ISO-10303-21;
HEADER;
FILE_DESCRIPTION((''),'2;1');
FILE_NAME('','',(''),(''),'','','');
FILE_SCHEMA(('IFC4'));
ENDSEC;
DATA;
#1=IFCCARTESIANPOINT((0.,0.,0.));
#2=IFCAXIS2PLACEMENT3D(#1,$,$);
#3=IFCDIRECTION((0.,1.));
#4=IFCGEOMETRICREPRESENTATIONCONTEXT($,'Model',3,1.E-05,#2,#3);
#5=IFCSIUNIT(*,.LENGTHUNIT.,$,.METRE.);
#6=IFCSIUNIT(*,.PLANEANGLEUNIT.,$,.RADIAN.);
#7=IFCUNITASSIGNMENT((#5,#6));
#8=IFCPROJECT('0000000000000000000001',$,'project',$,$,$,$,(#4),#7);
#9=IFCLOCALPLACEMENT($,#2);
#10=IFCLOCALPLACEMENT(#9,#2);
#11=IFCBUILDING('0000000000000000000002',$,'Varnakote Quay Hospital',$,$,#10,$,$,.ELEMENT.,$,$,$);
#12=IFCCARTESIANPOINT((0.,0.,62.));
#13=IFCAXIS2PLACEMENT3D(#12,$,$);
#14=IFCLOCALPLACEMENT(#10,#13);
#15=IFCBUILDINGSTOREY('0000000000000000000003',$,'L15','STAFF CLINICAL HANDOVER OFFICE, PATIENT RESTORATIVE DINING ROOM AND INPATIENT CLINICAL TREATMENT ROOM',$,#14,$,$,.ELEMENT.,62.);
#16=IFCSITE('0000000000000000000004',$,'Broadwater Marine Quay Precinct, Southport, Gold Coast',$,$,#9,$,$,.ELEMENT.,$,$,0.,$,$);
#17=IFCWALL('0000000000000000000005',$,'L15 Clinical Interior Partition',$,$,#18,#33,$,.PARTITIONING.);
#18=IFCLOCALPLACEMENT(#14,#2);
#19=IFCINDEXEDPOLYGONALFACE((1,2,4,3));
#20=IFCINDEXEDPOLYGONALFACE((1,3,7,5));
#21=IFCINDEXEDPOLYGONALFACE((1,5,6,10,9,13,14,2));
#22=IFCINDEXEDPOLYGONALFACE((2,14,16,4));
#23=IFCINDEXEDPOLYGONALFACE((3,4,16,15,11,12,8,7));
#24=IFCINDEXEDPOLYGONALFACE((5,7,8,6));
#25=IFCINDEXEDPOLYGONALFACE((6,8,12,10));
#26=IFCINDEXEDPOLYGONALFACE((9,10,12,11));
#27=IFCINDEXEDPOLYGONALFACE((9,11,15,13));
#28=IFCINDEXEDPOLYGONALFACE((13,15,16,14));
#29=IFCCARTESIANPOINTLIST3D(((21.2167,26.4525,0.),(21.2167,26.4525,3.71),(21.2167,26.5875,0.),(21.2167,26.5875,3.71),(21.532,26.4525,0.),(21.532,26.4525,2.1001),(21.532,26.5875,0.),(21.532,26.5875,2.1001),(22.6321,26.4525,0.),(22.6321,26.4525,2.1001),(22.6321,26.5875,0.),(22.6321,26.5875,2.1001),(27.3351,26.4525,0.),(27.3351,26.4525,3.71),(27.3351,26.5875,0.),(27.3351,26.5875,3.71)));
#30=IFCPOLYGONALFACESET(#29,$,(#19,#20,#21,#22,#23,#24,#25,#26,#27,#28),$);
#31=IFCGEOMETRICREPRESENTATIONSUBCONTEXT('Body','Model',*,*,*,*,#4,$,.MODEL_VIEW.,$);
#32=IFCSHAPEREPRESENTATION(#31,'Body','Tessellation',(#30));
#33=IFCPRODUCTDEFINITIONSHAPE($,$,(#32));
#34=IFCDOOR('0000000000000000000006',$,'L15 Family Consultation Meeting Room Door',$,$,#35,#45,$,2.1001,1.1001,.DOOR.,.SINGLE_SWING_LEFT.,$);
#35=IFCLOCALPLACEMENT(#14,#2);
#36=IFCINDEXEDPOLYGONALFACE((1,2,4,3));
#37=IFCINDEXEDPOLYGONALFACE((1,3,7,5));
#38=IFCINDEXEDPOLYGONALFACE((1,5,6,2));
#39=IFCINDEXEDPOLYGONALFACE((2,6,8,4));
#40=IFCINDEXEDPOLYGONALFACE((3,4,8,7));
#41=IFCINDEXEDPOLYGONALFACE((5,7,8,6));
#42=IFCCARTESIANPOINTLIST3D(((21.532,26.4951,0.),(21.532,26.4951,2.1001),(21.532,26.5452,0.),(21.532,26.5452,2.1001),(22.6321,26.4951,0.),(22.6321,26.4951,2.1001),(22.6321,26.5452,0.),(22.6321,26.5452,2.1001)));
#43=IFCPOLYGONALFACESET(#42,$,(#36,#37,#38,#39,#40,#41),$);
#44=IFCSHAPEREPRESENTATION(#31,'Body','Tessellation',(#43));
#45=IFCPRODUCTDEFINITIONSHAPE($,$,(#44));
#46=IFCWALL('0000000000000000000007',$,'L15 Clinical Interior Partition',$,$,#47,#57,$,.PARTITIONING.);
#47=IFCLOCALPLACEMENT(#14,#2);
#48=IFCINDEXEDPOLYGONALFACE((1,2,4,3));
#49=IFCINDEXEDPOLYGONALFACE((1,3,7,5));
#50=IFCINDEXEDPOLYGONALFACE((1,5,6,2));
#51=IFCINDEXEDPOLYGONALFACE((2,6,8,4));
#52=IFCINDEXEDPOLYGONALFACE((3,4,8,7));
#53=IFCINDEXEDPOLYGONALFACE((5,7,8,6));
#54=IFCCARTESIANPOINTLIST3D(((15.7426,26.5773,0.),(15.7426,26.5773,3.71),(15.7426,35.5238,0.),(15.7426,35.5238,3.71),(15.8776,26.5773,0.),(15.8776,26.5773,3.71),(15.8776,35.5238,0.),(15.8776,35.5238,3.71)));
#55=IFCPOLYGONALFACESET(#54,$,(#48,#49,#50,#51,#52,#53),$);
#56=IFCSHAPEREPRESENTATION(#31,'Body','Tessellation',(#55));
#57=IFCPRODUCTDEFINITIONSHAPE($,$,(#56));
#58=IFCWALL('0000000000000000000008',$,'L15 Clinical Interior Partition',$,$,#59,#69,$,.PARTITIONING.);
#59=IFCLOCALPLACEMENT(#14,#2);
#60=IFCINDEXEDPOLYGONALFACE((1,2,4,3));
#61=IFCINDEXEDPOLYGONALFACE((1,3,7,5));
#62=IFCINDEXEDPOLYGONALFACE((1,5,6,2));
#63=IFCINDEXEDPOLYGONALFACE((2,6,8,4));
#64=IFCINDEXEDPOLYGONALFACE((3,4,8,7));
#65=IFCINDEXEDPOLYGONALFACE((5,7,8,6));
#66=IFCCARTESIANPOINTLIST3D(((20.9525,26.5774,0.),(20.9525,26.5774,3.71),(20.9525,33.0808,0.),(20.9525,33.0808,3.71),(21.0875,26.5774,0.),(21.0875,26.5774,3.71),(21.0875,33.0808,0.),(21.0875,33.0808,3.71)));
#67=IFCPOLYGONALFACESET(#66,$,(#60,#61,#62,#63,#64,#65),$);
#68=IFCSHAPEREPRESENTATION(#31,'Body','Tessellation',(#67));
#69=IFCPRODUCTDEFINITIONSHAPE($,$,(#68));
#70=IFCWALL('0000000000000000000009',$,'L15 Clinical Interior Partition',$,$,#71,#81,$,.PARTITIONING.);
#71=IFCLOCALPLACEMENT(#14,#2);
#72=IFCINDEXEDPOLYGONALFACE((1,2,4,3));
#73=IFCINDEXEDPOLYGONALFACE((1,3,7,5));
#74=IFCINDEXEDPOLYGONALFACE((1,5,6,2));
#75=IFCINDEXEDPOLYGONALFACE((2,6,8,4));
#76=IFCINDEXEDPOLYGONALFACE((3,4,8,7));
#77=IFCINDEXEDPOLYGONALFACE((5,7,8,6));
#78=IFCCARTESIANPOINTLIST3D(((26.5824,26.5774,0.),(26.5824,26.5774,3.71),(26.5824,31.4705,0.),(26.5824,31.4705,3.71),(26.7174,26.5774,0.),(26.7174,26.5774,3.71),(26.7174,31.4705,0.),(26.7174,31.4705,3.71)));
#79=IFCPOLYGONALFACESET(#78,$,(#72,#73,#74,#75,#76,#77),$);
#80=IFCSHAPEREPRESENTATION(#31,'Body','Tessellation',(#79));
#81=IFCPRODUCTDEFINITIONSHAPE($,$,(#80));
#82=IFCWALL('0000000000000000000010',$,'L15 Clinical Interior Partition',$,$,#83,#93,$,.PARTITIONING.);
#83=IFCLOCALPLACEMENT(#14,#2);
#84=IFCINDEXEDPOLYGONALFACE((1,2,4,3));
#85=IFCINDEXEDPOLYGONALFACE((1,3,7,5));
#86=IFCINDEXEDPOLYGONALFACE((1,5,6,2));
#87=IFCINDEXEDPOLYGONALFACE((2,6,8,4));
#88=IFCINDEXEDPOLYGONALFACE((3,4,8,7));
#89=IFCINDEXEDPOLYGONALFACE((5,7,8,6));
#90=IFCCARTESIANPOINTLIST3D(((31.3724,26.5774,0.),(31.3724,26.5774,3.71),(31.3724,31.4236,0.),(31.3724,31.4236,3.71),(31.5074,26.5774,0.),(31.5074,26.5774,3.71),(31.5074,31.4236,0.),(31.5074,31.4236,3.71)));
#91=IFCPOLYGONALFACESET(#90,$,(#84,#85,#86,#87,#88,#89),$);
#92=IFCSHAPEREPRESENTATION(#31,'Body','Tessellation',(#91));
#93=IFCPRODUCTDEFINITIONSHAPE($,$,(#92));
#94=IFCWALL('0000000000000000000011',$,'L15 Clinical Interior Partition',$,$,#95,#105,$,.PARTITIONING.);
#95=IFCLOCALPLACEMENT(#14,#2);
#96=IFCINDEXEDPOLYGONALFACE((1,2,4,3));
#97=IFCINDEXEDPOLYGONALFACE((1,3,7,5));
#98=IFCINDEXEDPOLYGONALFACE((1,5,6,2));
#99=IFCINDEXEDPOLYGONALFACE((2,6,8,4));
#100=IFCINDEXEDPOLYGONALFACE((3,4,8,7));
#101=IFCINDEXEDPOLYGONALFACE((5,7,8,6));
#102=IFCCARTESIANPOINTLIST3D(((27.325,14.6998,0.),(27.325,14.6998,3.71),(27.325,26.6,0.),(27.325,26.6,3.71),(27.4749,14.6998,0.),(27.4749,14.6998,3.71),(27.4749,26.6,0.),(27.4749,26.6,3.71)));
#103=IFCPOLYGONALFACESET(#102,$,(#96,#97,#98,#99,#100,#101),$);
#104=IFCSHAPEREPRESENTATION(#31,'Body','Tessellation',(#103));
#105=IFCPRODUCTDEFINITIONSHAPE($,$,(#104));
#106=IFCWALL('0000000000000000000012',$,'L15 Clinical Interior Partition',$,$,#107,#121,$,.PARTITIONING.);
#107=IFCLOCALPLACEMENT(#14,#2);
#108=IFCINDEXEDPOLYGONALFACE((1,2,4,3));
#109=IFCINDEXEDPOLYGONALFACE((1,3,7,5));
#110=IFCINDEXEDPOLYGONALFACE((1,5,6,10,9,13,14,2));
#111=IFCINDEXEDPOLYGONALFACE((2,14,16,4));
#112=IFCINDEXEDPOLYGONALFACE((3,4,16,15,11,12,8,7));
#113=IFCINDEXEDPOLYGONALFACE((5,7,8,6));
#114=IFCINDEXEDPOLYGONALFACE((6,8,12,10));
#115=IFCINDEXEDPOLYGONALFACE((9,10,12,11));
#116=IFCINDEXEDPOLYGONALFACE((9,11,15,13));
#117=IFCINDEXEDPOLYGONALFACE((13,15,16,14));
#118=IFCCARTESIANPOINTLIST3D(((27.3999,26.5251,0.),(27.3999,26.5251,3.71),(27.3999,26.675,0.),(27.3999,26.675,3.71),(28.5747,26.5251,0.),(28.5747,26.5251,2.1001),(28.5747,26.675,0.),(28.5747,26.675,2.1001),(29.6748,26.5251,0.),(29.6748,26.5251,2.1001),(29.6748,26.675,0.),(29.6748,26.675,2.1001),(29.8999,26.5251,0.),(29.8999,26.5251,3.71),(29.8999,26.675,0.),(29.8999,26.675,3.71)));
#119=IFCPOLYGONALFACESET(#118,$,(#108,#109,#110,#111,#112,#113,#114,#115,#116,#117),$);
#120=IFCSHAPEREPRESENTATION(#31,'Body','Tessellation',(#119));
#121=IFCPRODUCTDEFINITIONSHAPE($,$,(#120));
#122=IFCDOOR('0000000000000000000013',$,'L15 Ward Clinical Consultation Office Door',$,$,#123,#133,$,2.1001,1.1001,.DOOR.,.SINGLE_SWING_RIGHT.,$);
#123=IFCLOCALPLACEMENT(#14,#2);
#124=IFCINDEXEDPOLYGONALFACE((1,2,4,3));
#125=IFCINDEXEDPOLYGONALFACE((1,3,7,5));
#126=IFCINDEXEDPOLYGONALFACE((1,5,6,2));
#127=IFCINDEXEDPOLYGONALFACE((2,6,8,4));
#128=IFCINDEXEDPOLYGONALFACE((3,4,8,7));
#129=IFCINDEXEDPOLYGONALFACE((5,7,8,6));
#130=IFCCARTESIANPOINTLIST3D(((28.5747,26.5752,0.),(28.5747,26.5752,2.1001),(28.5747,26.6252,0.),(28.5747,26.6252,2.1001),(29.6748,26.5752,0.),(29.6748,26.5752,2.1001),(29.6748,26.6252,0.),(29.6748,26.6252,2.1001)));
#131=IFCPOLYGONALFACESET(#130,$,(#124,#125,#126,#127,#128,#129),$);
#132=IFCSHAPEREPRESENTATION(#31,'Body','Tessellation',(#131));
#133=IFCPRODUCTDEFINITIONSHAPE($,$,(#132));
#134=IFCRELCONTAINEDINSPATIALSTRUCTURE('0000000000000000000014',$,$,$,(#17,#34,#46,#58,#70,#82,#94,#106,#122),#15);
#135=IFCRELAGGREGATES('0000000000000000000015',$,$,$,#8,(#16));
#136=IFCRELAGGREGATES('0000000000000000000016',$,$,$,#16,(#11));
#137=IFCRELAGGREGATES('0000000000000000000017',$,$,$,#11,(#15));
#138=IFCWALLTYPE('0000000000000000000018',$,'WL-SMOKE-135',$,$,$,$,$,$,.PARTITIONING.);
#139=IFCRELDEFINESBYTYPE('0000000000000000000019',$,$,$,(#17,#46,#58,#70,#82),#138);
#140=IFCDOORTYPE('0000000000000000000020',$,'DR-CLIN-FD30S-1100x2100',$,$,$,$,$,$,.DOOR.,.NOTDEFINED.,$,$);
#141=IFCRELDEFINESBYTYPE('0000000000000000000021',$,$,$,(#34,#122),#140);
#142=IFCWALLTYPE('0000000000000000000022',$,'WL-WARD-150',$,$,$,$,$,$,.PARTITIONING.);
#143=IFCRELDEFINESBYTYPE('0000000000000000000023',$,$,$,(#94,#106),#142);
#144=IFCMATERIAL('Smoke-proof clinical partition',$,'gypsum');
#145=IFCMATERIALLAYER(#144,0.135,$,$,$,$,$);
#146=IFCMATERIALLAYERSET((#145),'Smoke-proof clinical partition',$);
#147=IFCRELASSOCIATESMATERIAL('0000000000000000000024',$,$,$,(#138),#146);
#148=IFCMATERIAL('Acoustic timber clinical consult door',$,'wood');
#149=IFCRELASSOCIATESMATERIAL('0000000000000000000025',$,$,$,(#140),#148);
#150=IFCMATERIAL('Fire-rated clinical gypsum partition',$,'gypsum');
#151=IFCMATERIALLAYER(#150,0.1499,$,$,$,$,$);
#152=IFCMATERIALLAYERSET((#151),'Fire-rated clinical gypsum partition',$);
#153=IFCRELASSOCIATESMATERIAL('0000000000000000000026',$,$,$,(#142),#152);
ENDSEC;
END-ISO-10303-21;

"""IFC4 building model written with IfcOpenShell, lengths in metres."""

from ifc_helpers import new_model, si_unit, direction, frame, frame_2d, origin, place, context, subcontext, project, spatial, rectangle, extrude, material, layer, layer_set, type_object, element, fill, save


model = new_model("IFC4")

# Units and contexts
model_context = context("Model", 3, precision=1e-05, world=origin(), true_north=direction((0.0, 1.0)))
body_context = subcontext(model_context, "Body", "Model", "MODEL_VIEW")
ifc_project = project(units=[si_unit("LENGTHUNIT", "METRE"), si_unit("PLANEANGLEUNIT", "RADIAN")], contexts=[model_context])

# Site, building, storey
site_placement = place(None, origin())
site = spatial("IfcSite", under=ifc_project, at=site_placement, Name="Broadwater Marine Quay Precinct, Southport, Gold Coast", CompositionType="ELEMENT", RefElevation=0.0)
building_placement = place(site_placement, origin())
building = spatial("IfcBuilding", under=site, at=building_placement, Name="Varnakote Quay Hospital", CompositionType="ELEMENT")
storey_placement = place(building_placement, frame((0.0, 0.0, 62.0)))
storey = spatial("IfcBuildingStorey", under=building, at=storey_placement, Name="L15", Description="STAFF CLINICAL HANDOVER OFFICE, PATIENT RESTORATIVE DINING ROOM AND INPATIENT CLINICAL TREATMENT ROOM", CompositionType="ELEMENT", Elevation=62.0)

# Wall, opening, door
ifc_material_1 = material(Name="Smoke-proof clinical partition", Category="gypsum")
ifc_layer_1 = layer(ifc_material_1, 0.135)
ifc_layer_set_1 = layer_set([ifc_layer_1], Name="Smoke-proof clinical partition")
wall_type_1 = type_object("IfcWallType", Name="WL-SMOKE-135", PredefinedType="PARTITIONING", material=ifc_layer_set_1)
ifc_material_2 = material(Name="Acoustic timber clinical consult door", Category="wood")
door_type_1 = type_object("IfcDoorType", Name="DR-CLIN-FD30S-1100x2100", OperationType="NOTDEFINED", PredefinedType="DOOR", material=ifc_material_2)
wall_1_placement = place(storey_placement, frame((27.335, 26.52, 0.0), z_axis=(0.0, 0.0, 1.0), x_axis=(-1.0, 0.0, 0.0)))
wall_1 = element("IfcWall", 1, at=wall_1_placement, inside=storey, type_object=wall_type_1, Name="L15 Clinical Interior Partition", PredefinedType="PARTITIONING", context=body_context, shape_type="SweptSolid", body=[
    extrude(rectangle(XDim=6.1184, YDim=0.135, at=frame_2d((3.0591, 0.0))), origin(), (0.0, 0.0, 1.0), 3.71),
])
opening_1_placement = place(wall_1_placement, frame((4.7029, 0.0, 0.0)))
opening_1 = element("IfcOpeningElement", 2, at=opening_1_placement, cuts=wall_1, PredefinedType="OPENING", context=body_context, shape_type="SweptSolid", body=[
    extrude(rectangle(XDim=1.1001, YDim=2.1001, at=frame_2d((0.55, 1.05))), frame((0.0, 0.0774, 0.0), z_axis=(0.0, -1.0, 0.0), x_axis=(1.0, 0.0, 0.0)), (0.0, 0.0, 1.0), 0.155),
])
door_1_placement = place(opening_1_placement, origin())
door_1 = element("IfcDoor", 3, at=door_1_placement, inside=storey, type_object=door_type_1, Name="L15 Family Consultation Meeting Room Door", OperationType="SINGLE_SWING_LEFT", OverallHeight=2.1001, OverallWidth=1.1001, PredefinedType="DOOR", context=body_context, shape_type="SweptSolid", body=[
    extrude(rectangle(XDim=1.1001, YDim=2.1001, at=frame_2d((0.55, 1.05))), frame((0.0, 0.0249, 0.0), z_axis=(0.0, -1.0, 0.0), x_axis=(1.0, 0.0, 0.0)), (0.0, 0.0, 1.0), 0.05),
])
fill(opening_1, door_1)

# Walls
wall_2_placement = place(storey_placement, frame((15.8101, 26.5774, 0.0), z_axis=(0.0, 0.0, 1.0), x_axis=(0.0, 1.0, 0.0)))
element("IfcWall", 4, at=wall_2_placement, inside=storey, type_object=wall_type_1, Name="L15 Clinical Interior Partition", PredefinedType="PARTITIONING", context=body_context, shape_type="SweptSolid", body=[
    extrude(rectangle(XDim=8.9465, YDim=0.135, at=frame_2d((4.4731, 0.0))), origin(), (0.0, 0.0, 1.0), 3.71),
])
wall_3_placement = place(storey_placement, frame((21.02, 26.5774, 0.0), z_axis=(0.0, 0.0, 1.0), x_axis=(0.0, 1.0, 0.0)))
element("IfcWall", 5, at=wall_3_placement, inside=storey, type_object=wall_type_1, Name="L15 Clinical Interior Partition", PredefinedType="PARTITIONING", context=body_context, shape_type="SweptSolid", body=[
    extrude(rectangle(XDim=6.5034, YDim=0.135, at=frame_2d((3.2517, 0.0))), origin(), (0.0, 0.0, 1.0), 3.71),
])
wall_4_placement = place(storey_placement, frame((26.6499, 26.5774, 0.0), z_axis=(0.0, 0.0, 1.0), x_axis=(0.0, 1.0, 0.0)))
element("IfcWall", 6, at=wall_4_placement, inside=storey, type_object=wall_type_1, Name="L15 Clinical Interior Partition", PredefinedType="PARTITIONING", context=body_context, shape_type="SweptSolid", body=[
    extrude(rectangle(XDim=4.8931, YDim=0.135, at=frame_2d((2.4465, 0.0))), origin(), (0.0, 0.0, 1.0), 3.71),
])
wall_5_placement = place(storey_placement, frame((31.4399, 26.5774, 0.0), z_axis=(0.0, 0.0, 1.0), x_axis=(0.0, 1.0, 0.0)))
element("IfcWall", 7, at=wall_5_placement, inside=storey, type_object=wall_type_1, Name="L15 Clinical Interior Partition", PredefinedType="PARTITIONING", context=body_context, shape_type="SweptSolid", body=[
    extrude(rectangle(XDim=4.8462, YDim=0.135, at=frame_2d((2.4231, 0.0))), origin(), (0.0, 0.0, 1.0), 3.71),
])
ifc_material_3 = material(Name="Fire-rated clinical gypsum partition", Category="gypsum")
ifc_layer_2 = layer(ifc_material_3, 0.1499)
ifc_layer_set_2 = layer_set([ifc_layer_2], Name="Fire-rated clinical gypsum partition")
wall_type_2 = type_object("IfcWallType", Name="WL-WARD-150", PredefinedType="PARTITIONING", material=ifc_layer_set_2)
wall_6_placement = place(storey_placement, frame((27.3999, 26.6001, 0.0), z_axis=(0.0, 0.0, 1.0), x_axis=(0.0, -1.0, 0.0)))
element("IfcWall", 8, at=wall_6_placement, inside=storey, type_object=wall_type_2, Name="L15 Clinical Interior Partition", PredefinedType="PARTITIONING", context=body_context, shape_type="SweptSolid", body=[
    extrude(rectangle(XDim=11.9001, YDim=0.1499, at=frame_2d((5.9502, 0.0))), origin(), (0.0, 0.0, 1.0), 3.71),
])

# Wall, opening, door
wall_7_placement = place(storey_placement, frame((29.8999, 26.6001, 0.0), z_axis=(0.0, 0.0, 1.0), x_axis=(-1.0, 0.0, 0.0)))
wall_7 = element("IfcWall", 9, at=wall_7_placement, inside=storey, type_object=wall_type_2, Name="L15 Clinical Interior Partition", PredefinedType="PARTITIONING", context=body_context, shape_type="SweptSolid", body=[
    extrude(rectangle(XDim=2.5, YDim=0.1499, at=frame_2d((1.25, 0.0))), origin(), (0.0, 0.0, 1.0), 3.71),
])
opening_2_placement = place(wall_7_placement, frame((0.2251, 0.0, 0.0)))
opening_2 = element("IfcOpeningElement", 10, at=opening_2_placement, cuts=wall_7, PredefinedType="OPENING", context=body_context, shape_type="SweptSolid", body=[
    extrude(rectangle(XDim=1.1001, YDim=2.1001, at=frame_2d((0.55, 1.05))), frame((0.0, 0.085, 0.0), z_axis=(0.0, -1.0, 0.0), x_axis=(1.0, 0.0, 0.0)), (0.0, 0.0, 1.0), 0.1699),
])
door_2_placement = place(opening_2_placement, origin())
door_2 = element("IfcDoor", 11, at=door_2_placement, inside=storey, type_object=door_type_1, Name="L15 Ward Clinical Consultation Office Door", OperationType="SINGLE_SWING_RIGHT", OverallHeight=2.1001, OverallWidth=1.1001, PredefinedType="DOOR", context=body_context, shape_type="SweptSolid", body=[
    extrude(rectangle(XDim=1.1001, YDim=2.1001, at=frame_2d((0.55, 1.05))), frame((0.0, 0.0249, 0.0), z_axis=(0.0, -1.0, 0.0), x_axis=(1.0, 0.0, 0.0)), (0.0, 0.0, 1.0), 0.05),
])
fill(opening_2, door_2)

save(model, "model.ifc")
